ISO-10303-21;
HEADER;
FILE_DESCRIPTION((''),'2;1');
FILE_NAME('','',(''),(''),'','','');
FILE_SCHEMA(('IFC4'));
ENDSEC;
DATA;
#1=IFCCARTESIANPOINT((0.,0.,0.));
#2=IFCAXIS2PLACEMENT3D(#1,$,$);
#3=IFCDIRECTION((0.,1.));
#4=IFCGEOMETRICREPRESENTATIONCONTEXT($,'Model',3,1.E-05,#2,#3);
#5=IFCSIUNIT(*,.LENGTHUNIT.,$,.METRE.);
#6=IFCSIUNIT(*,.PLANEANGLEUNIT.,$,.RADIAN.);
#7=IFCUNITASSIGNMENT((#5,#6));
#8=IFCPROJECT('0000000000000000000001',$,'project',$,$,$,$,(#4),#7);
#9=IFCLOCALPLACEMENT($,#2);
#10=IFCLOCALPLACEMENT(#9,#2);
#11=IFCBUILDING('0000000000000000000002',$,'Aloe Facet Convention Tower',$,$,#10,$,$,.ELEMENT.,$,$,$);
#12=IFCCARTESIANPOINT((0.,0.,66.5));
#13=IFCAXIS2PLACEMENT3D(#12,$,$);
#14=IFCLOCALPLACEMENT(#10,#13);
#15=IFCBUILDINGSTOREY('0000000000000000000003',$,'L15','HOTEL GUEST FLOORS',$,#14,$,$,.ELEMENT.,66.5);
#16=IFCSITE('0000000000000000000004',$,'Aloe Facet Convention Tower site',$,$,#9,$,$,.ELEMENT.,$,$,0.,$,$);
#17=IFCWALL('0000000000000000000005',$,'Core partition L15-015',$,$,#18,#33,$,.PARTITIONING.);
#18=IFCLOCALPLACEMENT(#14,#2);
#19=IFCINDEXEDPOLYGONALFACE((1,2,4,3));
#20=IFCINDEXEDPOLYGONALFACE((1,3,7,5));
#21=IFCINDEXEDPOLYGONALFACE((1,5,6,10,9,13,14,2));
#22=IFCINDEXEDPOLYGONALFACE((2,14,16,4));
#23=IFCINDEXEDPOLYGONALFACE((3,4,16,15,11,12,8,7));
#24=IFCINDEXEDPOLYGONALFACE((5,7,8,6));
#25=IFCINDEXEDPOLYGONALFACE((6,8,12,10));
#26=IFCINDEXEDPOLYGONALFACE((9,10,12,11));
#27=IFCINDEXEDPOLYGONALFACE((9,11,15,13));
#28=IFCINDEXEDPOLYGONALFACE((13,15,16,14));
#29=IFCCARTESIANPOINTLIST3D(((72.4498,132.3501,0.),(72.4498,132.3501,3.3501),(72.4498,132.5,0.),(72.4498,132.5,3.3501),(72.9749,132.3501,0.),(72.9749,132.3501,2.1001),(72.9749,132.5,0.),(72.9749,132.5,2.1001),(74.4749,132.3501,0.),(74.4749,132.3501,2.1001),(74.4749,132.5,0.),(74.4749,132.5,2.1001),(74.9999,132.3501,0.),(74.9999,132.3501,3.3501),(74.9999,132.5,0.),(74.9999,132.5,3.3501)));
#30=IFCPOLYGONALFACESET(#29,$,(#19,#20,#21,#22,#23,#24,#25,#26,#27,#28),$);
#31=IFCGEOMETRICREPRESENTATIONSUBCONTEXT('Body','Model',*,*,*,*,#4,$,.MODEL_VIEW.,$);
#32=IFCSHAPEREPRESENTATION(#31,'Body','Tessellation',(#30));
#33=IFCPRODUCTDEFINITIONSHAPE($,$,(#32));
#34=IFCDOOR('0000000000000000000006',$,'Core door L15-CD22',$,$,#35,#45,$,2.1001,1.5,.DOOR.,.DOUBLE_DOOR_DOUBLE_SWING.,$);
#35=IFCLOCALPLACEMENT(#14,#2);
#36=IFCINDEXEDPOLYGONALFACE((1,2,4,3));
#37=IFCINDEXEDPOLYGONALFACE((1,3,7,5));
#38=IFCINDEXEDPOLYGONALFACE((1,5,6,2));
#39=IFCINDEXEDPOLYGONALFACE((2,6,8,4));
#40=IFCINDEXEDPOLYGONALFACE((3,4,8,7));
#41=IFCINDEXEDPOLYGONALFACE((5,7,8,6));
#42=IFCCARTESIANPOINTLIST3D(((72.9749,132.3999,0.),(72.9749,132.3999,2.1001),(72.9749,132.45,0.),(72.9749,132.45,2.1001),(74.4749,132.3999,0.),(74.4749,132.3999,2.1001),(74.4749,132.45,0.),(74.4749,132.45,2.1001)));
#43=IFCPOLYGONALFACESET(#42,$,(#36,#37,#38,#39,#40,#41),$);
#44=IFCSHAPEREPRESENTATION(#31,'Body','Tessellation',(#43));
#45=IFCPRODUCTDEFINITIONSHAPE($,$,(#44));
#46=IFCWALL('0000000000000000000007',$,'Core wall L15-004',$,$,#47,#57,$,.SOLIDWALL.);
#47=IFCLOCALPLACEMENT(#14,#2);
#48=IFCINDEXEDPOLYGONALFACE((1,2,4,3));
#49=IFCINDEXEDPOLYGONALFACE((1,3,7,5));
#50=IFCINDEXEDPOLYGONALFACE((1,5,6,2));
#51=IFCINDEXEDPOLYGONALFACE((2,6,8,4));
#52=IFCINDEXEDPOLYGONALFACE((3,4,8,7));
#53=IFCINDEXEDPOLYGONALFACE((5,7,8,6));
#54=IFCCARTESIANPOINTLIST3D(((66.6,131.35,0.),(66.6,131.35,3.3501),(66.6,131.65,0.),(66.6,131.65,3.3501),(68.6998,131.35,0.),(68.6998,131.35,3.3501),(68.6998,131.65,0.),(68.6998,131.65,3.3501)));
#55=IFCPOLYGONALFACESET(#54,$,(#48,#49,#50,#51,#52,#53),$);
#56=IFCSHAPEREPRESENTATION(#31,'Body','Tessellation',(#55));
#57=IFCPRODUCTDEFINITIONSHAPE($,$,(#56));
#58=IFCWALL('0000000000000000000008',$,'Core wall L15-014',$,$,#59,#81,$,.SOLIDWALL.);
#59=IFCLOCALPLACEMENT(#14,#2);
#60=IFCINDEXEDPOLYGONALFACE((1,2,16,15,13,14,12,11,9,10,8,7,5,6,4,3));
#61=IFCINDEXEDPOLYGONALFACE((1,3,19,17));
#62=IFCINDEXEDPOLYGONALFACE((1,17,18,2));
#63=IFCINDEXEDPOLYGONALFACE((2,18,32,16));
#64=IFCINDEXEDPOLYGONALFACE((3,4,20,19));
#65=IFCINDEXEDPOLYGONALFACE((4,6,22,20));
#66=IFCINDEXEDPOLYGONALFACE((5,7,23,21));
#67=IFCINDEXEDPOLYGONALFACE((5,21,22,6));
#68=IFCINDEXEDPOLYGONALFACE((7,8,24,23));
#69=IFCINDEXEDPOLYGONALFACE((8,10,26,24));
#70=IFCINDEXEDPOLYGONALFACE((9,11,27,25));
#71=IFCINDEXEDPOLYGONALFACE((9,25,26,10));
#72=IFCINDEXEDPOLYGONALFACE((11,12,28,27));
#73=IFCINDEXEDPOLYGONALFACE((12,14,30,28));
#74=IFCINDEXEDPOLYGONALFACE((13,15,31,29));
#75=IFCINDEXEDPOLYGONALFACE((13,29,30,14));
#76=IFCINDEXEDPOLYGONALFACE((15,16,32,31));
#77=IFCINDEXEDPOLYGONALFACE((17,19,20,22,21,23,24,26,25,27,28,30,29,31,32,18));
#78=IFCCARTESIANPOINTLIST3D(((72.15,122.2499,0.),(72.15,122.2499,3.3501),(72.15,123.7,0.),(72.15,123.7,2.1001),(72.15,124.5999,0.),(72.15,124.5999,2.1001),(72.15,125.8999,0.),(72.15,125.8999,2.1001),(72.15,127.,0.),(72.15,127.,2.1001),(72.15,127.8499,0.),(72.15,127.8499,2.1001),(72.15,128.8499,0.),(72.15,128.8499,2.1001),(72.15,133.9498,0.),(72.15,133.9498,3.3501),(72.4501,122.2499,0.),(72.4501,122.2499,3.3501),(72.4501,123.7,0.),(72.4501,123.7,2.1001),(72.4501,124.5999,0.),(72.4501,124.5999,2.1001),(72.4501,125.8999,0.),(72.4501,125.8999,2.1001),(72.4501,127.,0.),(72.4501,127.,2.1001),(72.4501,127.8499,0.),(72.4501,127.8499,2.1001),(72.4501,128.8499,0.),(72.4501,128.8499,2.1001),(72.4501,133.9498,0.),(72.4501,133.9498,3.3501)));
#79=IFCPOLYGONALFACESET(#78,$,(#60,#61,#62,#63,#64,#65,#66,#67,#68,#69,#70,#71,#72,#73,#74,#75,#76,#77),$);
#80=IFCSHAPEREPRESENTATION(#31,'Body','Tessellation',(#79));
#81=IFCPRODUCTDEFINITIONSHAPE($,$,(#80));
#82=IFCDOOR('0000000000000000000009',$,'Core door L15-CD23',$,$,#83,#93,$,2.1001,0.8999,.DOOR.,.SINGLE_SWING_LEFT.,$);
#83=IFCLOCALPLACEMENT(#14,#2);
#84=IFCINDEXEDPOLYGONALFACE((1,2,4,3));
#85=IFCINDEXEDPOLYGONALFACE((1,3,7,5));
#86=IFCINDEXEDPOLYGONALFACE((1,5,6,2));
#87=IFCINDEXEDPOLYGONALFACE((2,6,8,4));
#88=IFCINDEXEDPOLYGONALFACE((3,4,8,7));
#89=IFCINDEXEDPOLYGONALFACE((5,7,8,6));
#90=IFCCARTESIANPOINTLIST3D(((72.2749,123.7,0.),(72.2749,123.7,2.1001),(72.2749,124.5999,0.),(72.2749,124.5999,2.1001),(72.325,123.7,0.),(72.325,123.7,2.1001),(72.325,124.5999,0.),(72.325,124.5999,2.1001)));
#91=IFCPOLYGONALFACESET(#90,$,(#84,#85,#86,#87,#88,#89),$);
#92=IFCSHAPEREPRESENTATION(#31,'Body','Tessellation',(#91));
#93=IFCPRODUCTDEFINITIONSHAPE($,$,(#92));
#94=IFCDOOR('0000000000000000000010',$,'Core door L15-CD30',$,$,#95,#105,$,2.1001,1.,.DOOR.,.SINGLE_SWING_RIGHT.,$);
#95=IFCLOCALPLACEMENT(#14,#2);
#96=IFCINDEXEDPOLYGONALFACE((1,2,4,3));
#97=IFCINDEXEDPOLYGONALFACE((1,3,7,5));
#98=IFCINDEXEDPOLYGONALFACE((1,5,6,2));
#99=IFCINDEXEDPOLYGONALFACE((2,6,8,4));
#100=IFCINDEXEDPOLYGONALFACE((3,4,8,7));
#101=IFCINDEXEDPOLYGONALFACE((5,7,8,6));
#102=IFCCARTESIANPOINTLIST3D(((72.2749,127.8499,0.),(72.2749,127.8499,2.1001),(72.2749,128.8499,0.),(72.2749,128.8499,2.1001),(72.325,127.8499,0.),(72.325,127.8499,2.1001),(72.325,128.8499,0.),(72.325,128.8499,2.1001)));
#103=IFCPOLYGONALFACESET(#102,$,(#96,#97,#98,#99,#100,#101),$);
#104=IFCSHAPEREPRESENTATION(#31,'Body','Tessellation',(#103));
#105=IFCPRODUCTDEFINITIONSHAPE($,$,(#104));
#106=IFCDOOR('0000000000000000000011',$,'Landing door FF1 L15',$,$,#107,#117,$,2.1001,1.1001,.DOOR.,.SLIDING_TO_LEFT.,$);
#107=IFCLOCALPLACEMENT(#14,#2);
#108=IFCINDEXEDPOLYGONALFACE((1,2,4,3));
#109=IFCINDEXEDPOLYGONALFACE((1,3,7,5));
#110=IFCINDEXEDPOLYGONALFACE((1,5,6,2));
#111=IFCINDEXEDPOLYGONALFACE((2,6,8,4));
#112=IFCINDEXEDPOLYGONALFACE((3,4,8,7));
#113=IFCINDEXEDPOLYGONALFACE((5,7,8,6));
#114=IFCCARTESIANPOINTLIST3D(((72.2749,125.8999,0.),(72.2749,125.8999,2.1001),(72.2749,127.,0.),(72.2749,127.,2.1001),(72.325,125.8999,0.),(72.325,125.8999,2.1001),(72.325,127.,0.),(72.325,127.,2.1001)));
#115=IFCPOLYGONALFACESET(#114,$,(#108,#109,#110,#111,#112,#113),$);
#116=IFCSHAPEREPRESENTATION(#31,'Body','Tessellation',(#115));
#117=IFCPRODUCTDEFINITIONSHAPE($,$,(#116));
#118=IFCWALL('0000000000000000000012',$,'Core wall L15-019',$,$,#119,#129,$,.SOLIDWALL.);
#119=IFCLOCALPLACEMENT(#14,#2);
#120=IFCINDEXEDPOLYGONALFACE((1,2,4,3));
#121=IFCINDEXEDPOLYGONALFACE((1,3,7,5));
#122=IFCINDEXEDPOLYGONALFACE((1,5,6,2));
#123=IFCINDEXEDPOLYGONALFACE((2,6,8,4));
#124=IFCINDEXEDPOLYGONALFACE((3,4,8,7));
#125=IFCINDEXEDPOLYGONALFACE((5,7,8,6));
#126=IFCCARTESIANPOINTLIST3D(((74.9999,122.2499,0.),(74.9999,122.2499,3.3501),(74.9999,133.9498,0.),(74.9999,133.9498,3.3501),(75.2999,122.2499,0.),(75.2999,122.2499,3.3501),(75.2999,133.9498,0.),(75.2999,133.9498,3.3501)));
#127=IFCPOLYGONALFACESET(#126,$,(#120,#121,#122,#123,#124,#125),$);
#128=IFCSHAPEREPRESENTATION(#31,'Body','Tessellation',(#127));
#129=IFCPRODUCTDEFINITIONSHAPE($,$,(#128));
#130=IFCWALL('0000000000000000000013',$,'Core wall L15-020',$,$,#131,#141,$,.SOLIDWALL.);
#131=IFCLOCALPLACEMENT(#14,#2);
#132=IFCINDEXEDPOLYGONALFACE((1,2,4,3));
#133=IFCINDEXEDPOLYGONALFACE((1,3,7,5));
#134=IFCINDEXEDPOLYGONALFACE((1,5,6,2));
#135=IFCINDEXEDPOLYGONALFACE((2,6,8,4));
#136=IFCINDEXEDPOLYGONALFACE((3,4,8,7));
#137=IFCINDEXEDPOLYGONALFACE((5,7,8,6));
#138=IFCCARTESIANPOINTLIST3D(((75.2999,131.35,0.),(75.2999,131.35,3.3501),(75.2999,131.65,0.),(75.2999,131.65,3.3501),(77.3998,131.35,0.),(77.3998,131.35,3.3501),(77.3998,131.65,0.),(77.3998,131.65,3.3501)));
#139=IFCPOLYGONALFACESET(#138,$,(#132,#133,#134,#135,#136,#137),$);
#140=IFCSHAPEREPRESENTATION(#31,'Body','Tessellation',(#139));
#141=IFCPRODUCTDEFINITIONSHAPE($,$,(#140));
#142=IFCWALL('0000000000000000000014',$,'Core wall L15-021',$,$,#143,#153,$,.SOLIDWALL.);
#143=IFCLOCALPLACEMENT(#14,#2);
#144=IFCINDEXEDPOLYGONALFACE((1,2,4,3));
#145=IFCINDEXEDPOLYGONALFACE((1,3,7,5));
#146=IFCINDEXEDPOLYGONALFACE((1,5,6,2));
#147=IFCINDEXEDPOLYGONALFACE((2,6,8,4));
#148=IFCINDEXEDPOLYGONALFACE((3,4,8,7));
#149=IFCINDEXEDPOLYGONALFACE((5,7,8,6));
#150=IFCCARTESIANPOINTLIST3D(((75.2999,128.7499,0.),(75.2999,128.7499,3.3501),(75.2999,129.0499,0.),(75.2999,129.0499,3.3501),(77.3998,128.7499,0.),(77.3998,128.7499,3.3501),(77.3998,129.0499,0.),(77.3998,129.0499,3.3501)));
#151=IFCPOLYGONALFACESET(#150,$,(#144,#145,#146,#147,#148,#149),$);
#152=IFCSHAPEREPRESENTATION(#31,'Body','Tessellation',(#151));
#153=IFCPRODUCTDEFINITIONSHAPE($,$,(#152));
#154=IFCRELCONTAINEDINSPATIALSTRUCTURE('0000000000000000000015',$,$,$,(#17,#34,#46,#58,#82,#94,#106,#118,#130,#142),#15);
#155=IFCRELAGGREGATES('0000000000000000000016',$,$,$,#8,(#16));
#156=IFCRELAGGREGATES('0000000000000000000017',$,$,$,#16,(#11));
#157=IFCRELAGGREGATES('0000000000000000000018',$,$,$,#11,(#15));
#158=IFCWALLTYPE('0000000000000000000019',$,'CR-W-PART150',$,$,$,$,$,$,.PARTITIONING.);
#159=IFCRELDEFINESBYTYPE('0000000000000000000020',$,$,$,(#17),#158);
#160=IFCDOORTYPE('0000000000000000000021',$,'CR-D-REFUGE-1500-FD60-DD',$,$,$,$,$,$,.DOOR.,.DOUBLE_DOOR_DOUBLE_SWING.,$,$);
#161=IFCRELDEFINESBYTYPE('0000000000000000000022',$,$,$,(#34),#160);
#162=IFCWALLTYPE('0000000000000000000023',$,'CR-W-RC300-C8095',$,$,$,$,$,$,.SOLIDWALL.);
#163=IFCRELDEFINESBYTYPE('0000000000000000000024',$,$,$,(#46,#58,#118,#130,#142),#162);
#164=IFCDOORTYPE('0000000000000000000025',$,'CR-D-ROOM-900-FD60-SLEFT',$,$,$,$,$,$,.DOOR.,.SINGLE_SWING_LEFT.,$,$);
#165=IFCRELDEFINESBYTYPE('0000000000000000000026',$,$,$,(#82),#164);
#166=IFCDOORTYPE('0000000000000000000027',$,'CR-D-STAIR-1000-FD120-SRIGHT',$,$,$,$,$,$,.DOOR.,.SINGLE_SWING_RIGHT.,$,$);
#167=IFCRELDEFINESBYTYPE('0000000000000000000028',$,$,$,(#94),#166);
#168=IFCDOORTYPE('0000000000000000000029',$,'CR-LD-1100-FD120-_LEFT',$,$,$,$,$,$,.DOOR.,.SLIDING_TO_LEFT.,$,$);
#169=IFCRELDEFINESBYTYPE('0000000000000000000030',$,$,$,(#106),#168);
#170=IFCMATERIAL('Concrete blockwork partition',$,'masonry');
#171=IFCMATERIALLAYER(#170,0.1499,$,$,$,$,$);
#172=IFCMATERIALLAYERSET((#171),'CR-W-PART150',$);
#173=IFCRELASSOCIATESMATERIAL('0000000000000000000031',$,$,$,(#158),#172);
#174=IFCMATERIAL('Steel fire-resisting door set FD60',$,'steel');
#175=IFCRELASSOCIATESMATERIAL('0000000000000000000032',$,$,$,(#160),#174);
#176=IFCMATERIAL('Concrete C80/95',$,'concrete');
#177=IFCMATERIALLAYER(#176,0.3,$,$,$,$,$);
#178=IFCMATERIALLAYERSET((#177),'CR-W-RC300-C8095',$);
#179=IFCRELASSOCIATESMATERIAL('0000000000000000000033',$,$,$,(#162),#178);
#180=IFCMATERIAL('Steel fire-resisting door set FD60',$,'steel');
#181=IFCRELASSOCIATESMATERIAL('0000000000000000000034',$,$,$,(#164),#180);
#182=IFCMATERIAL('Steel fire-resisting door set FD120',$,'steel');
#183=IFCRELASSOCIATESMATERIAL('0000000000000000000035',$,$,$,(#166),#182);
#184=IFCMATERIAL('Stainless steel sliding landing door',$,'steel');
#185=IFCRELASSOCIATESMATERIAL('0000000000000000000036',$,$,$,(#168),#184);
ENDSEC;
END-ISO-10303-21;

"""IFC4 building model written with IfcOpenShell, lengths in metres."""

from ifc_helpers import new_model, si_unit, direction, frame, frame_2d, origin, place, context, subcontext, project, spatial, rectangle, extrude, material, layer, layer_set, type_object, element, fill, save


model = new_model("IFC4")

# Units and contexts
model_context = context("Model", 3, precision=1e-05, world=origin(), true_north=direction((0.0, 1.0)))
body_context = subcontext(model_context, "Body", "Model", "MODEL_VIEW")
ifc_project = project(units=[si_unit("LENGTHUNIT", "METRE"), si_unit("PLANEANGLEUNIT", "RADIAN")], contexts=[model_context])

# Site, building, storey
site_placement = place(None, origin())
site = spatial("IfcSite", under=ifc_project, at=site_placement, Name="Aloe Facet Convention Tower site", CompositionType="ELEMENT", RefElevation=0.0)
building_placement = place(site_placement, origin())
building = spatial("IfcBuilding", under=site, at=building_placement, Name="Aloe Facet Convention Tower", CompositionType="ELEMENT")
storey_placement = place(building_placement, frame((0.0, 0.0, 66.5)))
storey = spatial("IfcBuildingStorey", under=building, at=storey_placement, Name="L15", Description="HOTEL GUEST FLOORS", CompositionType="ELEMENT", Elevation=66.5)

# Wall, opening, door
ifc_material_1 = material(Name="Concrete blockwork partition", Category="masonry")
ifc_layer_1 = layer(ifc_material_1, 0.1499)
ifc_layer_set_1 = layer_set([ifc_layer_1], Name="CR-W-PART150")
wall_type_1 = type_object("IfcWallType", Name="CR-W-PART150", PredefinedType="PARTITIONING", material=ifc_layer_set_1)
wall_1_placement = place(storey_placement, frame((72.45, 132.425, 0.0), z_axis=(0.0, 0.0, 1.0), x_axis=(1.0, 0.0, 0.0)))
wall_1 = element("IfcWall", 1, at=wall_1_placement, inside=storey, type_object=wall_type_1, Name="Core partition L15-015", PredefinedType="PARTITIONING", context=body_context, shape_type="SweptSolid", body=[
    extrude(rectangle(XDim=2.55, YDim=0.1499, at=frame_2d((1.2749, 0.0))), origin(), (0.0, 0.0, 1.0), 3.3501),
])
opening_1_placement = place(wall_1_placement, frame((0.5249, 0.0, 0.0)))
opening_1 = element("IfcOpeningElement", 2, at=opening_1_placement, cuts=wall_1, PredefinedType="OPENING", context=body_context, shape_type="SweptSolid", body=[
    extrude(rectangle(XDim=1.5, YDim=2.1001, at=frame_2d((0.75, 1.05))), frame((0.0, 0.085, 0.0), z_axis=(0.0, -1.0, 0.0), x_axis=(1.0, 0.0, 0.0)), (0.0, 0.0, 1.0), 0.1699),
])
ifc_material_2 = material(Name="Steel fire-resisting door set FD60", Category="steel")
door_type_1 = type_object("IfcDoorType", Name="CR-D-REFUGE-1500-FD60-DD", OperationType="DOUBLE_DOOR_DOUBLE_SWING", PredefinedType="DOOR", material=ifc_material_2)
door_1_placement = place(opening_1_placement, origin())
door_1 = element("IfcDoor", 3, at=door_1_placement, inside=storey, type_object=door_type_1, Name="Core door L15-CD22", OperationType="DOUBLE_DOOR_DOUBLE_SWING", OverallHeight=2.1001, OverallWidth=1.5, PredefinedType="DOOR", context=body_context, shape_type="SweptSolid", body=[
    extrude(rectangle(XDim=1.5, YDim=2.1001, at=frame_2d((0.75, 1.05))), frame((0.0, 0.0249, 0.0), z_axis=(0.0, -1.0, 0.0), x_axis=(1.0, 0.0, 0.0)), (0.0, 0.0, 1.0), 0.05),
])
fill(opening_1, door_1)

# Wall
ifc_material_3 = material(Name="Concrete C80/95", Category="concrete")
ifc_layer_2 = layer(ifc_material_3, 0.3)
ifc_layer_set_2 = layer_set([ifc_layer_2], Name="CR-W-RC300-C8095")
wall_type_2 = type_object("IfcWallType", Name="CR-W-RC300-C8095", PredefinedType="SOLIDWALL", material=ifc_layer_set_2)
wall_2_placement = place(storey_placement, frame((66.6001, 131.5, 0.0), z_axis=(0.0, 0.0, 1.0), x_axis=(1.0, 0.0, 0.0)))
element("IfcWall", 4, at=wall_2_placement, inside=storey, type_object=wall_type_2, Name="Core wall L15-004", PredefinedType="SOLIDWALL", context=body_context, shape_type="SweptSolid", body=[
    extrude(rectangle(XDim=2.0999, YDim=0.3, at=frame_2d((1.0498, 0.0))), origin(), (0.0, 0.0, 1.0), 3.3501),
])

# Wall, openings, doors
wall_3_placement = place(storey_placement, frame((72.3, 133.95, 0.0), z_axis=(0.0, 0.0, 1.0), x_axis=(0.0, -1.0, 0.0)))
wall_3 = element("IfcWall", 5, at=wall_3_placement, inside=storey, type_object=wall_type_2, Name="Core wall L15-014", PredefinedType="SOLIDWALL", context=body_context, shape_type="SweptSolid", body=[
    extrude(rectangle(XDim=11.7, YDim=0.3, at=frame_2d((5.8501, 0.0))), origin(), (0.0, 0.0, 1.0), 3.3501),
])
opening_2_placement = place(wall_3_placement, frame((6.95, 0.0, 0.0)))
opening_2 = element("IfcOpeningElement", 6, at=opening_2_placement, cuts=wall_3, PredefinedType="OPENING", context=body_context, shape_type="SweptSolid", body=[
    extrude(rectangle(XDim=1.1001, YDim=2.1001, at=frame_2d((0.55, 1.05))), frame((0.0, 0.1602, 0.0), z_axis=(0.0, -1.0, 0.0), x_axis=(1.0, 0.0, 0.0)), (0.0, 0.0, 1.0), 0.3201),
])
opening_3_placement = place(wall_3_placement, frame((9.3501, 0.0, 0.0)))
opening_3 = element("IfcOpeningElement", 7, at=opening_3_placement, cuts=wall_3, PredefinedType="OPENING", context=body_context, shape_type="SweptSolid", body=[
    extrude(rectangle(XDim=0.8999, YDim=2.1001, at=frame_2d((0.45, 1.05))), frame((0.0, 0.1602, 0.0), z_axis=(0.0, -1.0, 0.0), x_axis=(1.0, 0.0, 0.0)), (0.0, 0.0, 1.0), 0.3201),
])
opening_4_placement = place(wall_3_placement, frame((5.1001, 0.0, 0.0)))
opening_4 = element("IfcOpeningElement", 8, at=opening_4_placement, cuts=wall_3, PredefinedType="OPENING", context=body_context, shape_type="SweptSolid", body=[
    extrude(rectangle(XDim=1.0, YDim=2.1001, at=frame_2d((0.5, 1.05))), frame((0.0, 0.1602, 0.0), z_axis=(0.0, -1.0, 0.0), x_axis=(1.0, 0.0, 0.0)), (0.0, 0.0, 1.0), 0.3201),
])
ifc_material_4 = material(Name="Steel fire-resisting door set FD60", Category="steel")
door_type_2 = type_object("IfcDoorType", Name="CR-D-ROOM-900-FD60-SLEFT", OperationType="SINGLE_SWING_LEFT", PredefinedType="DOOR", material=ifc_material_4)
door_2_placement = place(opening_3_placement, origin())
door_2 = element("IfcDoor", 9, at=door_2_placement, inside=storey, type_object=door_type_2, Name="Core door L15-CD23", OperationType="SINGLE_SWING_LEFT", OverallHeight=2.1001, OverallWidth=0.8999, PredefinedType="DOOR", context=body_context, shape_type="SweptSolid", body=[
    extrude(rectangle(XDim=0.8999, YDim=2.1001, at=frame_2d((0.45, 1.05))), frame((0.0, 0.0249, 0.0), z_axis=(0.0, -1.0, 0.0), x_axis=(1.0, 0.0, 0.0)), (0.0, 0.0, 1.0), 0.05),
])
fill(opening_3, door_2)
ifc_material_5 = material(Name="Steel fire-resisting door set FD120", Category="steel")
door_type_3 = type_object("IfcDoorType", Name="CR-D-STAIR-1000-FD120-SRIGHT", OperationType="SINGLE_SWING_RIGHT", PredefinedType="DOOR", material=ifc_material_5)
door_3_placement = place(opening_4_placement, origin())
door_3 = element("IfcDoor", 10, at=door_3_placement, inside=storey, type_object=door_type_3, Name="Core door L15-CD30", OperationType="SINGLE_SWING_RIGHT", OverallHeight=2.1001, OverallWidth=1.0, PredefinedType="DOOR", context=body_context, shape_type="SweptSolid", body=[
    extrude(rectangle(XDim=1.0, YDim=2.1001, at=frame_2d((0.5, 1.05))), frame((0.0, 0.0249, 0.0), z_axis=(0.0, -1.0, 0.0), x_axis=(1.0, 0.0, 0.0)), (0.0, 0.0, 1.0), 0.05),
])
fill(opening_4, door_3)
ifc_material_6 = material(Name="Stainless steel sliding landing door", Category="steel")
door_type_4 = type_object("IfcDoorType", Name="CR-LD-1100-FD120-_LEFT", OperationType="SLIDING_TO_LEFT", PredefinedType="DOOR", material=ifc_material_6)
door_4_placement = place(opening_2_placement, origin())
door_4 = element("IfcDoor", 11, at=door_4_placement, inside=storey, type_object=door_type_4, Name="Landing door FF1 L15", OperationType="SLIDING_TO_LEFT", OverallHeight=2.1001, OverallWidth=1.1001, PredefinedType="DOOR", context=body_context, shape_type="SweptSolid", body=[
    extrude(rectangle(XDim=1.1001, YDim=2.1001, at=frame_2d((0.55, 1.05))), frame((0.0, 0.0249, 0.0), z_axis=(0.0, -1.0, 0.0), x_axis=(1.0, 0.0, 0.0)), (0.0, 0.0, 1.0), 0.05),
])
fill(opening_2, door_4)

# Walls
wall_4_placement = place(storey_placement, frame((75.1499, 133.95, 0.0), z_axis=(0.0, 0.0, 1.0), x_axis=(0.0, -1.0, 0.0)))
element("IfcWall", 12, at=wall_4_placement, inside=storey, type_object=wall_type_2, Name="Core wall L15-019", PredefinedType="SOLIDWALL", context=body_context, shape_type="SweptSolid", body=[
    extrude(rectangle(XDim=11.7, YDim=0.3, at=frame_2d((5.8501, 0.0))), origin(), (0.0, 0.0, 1.0), 3.3501),
])
for number, where, z_axis, x_axis, name in (
    (13, (75.3, 131.5, 0.0), (0.0, 0.0, 1.0), (1.0, 0.0, 0.0), "Core wall L15-020"),
    (14, (75.3, 128.8999, 0.0), (0.0, 0.0, 1.0), (1.0, 0.0, 0.0), "Core wall L15-021"),
):
    element("IfcWall", number, at=place(storey_placement, frame(where, z_axis=z_axis, x_axis=x_axis)), inside=storey, type_object=wall_type_2, Name=name, PredefinedType="SOLIDWALL", context=body_context, shape_type="SweptSolid", body=[
        extrude(rectangle(XDim=2.0999, YDim=0.3, at=frame_2d((1.0498, 0.0))), origin(), (0.0, 0.0, 1.0), 3.3501),
    ])

save(model, "model.ifc")
